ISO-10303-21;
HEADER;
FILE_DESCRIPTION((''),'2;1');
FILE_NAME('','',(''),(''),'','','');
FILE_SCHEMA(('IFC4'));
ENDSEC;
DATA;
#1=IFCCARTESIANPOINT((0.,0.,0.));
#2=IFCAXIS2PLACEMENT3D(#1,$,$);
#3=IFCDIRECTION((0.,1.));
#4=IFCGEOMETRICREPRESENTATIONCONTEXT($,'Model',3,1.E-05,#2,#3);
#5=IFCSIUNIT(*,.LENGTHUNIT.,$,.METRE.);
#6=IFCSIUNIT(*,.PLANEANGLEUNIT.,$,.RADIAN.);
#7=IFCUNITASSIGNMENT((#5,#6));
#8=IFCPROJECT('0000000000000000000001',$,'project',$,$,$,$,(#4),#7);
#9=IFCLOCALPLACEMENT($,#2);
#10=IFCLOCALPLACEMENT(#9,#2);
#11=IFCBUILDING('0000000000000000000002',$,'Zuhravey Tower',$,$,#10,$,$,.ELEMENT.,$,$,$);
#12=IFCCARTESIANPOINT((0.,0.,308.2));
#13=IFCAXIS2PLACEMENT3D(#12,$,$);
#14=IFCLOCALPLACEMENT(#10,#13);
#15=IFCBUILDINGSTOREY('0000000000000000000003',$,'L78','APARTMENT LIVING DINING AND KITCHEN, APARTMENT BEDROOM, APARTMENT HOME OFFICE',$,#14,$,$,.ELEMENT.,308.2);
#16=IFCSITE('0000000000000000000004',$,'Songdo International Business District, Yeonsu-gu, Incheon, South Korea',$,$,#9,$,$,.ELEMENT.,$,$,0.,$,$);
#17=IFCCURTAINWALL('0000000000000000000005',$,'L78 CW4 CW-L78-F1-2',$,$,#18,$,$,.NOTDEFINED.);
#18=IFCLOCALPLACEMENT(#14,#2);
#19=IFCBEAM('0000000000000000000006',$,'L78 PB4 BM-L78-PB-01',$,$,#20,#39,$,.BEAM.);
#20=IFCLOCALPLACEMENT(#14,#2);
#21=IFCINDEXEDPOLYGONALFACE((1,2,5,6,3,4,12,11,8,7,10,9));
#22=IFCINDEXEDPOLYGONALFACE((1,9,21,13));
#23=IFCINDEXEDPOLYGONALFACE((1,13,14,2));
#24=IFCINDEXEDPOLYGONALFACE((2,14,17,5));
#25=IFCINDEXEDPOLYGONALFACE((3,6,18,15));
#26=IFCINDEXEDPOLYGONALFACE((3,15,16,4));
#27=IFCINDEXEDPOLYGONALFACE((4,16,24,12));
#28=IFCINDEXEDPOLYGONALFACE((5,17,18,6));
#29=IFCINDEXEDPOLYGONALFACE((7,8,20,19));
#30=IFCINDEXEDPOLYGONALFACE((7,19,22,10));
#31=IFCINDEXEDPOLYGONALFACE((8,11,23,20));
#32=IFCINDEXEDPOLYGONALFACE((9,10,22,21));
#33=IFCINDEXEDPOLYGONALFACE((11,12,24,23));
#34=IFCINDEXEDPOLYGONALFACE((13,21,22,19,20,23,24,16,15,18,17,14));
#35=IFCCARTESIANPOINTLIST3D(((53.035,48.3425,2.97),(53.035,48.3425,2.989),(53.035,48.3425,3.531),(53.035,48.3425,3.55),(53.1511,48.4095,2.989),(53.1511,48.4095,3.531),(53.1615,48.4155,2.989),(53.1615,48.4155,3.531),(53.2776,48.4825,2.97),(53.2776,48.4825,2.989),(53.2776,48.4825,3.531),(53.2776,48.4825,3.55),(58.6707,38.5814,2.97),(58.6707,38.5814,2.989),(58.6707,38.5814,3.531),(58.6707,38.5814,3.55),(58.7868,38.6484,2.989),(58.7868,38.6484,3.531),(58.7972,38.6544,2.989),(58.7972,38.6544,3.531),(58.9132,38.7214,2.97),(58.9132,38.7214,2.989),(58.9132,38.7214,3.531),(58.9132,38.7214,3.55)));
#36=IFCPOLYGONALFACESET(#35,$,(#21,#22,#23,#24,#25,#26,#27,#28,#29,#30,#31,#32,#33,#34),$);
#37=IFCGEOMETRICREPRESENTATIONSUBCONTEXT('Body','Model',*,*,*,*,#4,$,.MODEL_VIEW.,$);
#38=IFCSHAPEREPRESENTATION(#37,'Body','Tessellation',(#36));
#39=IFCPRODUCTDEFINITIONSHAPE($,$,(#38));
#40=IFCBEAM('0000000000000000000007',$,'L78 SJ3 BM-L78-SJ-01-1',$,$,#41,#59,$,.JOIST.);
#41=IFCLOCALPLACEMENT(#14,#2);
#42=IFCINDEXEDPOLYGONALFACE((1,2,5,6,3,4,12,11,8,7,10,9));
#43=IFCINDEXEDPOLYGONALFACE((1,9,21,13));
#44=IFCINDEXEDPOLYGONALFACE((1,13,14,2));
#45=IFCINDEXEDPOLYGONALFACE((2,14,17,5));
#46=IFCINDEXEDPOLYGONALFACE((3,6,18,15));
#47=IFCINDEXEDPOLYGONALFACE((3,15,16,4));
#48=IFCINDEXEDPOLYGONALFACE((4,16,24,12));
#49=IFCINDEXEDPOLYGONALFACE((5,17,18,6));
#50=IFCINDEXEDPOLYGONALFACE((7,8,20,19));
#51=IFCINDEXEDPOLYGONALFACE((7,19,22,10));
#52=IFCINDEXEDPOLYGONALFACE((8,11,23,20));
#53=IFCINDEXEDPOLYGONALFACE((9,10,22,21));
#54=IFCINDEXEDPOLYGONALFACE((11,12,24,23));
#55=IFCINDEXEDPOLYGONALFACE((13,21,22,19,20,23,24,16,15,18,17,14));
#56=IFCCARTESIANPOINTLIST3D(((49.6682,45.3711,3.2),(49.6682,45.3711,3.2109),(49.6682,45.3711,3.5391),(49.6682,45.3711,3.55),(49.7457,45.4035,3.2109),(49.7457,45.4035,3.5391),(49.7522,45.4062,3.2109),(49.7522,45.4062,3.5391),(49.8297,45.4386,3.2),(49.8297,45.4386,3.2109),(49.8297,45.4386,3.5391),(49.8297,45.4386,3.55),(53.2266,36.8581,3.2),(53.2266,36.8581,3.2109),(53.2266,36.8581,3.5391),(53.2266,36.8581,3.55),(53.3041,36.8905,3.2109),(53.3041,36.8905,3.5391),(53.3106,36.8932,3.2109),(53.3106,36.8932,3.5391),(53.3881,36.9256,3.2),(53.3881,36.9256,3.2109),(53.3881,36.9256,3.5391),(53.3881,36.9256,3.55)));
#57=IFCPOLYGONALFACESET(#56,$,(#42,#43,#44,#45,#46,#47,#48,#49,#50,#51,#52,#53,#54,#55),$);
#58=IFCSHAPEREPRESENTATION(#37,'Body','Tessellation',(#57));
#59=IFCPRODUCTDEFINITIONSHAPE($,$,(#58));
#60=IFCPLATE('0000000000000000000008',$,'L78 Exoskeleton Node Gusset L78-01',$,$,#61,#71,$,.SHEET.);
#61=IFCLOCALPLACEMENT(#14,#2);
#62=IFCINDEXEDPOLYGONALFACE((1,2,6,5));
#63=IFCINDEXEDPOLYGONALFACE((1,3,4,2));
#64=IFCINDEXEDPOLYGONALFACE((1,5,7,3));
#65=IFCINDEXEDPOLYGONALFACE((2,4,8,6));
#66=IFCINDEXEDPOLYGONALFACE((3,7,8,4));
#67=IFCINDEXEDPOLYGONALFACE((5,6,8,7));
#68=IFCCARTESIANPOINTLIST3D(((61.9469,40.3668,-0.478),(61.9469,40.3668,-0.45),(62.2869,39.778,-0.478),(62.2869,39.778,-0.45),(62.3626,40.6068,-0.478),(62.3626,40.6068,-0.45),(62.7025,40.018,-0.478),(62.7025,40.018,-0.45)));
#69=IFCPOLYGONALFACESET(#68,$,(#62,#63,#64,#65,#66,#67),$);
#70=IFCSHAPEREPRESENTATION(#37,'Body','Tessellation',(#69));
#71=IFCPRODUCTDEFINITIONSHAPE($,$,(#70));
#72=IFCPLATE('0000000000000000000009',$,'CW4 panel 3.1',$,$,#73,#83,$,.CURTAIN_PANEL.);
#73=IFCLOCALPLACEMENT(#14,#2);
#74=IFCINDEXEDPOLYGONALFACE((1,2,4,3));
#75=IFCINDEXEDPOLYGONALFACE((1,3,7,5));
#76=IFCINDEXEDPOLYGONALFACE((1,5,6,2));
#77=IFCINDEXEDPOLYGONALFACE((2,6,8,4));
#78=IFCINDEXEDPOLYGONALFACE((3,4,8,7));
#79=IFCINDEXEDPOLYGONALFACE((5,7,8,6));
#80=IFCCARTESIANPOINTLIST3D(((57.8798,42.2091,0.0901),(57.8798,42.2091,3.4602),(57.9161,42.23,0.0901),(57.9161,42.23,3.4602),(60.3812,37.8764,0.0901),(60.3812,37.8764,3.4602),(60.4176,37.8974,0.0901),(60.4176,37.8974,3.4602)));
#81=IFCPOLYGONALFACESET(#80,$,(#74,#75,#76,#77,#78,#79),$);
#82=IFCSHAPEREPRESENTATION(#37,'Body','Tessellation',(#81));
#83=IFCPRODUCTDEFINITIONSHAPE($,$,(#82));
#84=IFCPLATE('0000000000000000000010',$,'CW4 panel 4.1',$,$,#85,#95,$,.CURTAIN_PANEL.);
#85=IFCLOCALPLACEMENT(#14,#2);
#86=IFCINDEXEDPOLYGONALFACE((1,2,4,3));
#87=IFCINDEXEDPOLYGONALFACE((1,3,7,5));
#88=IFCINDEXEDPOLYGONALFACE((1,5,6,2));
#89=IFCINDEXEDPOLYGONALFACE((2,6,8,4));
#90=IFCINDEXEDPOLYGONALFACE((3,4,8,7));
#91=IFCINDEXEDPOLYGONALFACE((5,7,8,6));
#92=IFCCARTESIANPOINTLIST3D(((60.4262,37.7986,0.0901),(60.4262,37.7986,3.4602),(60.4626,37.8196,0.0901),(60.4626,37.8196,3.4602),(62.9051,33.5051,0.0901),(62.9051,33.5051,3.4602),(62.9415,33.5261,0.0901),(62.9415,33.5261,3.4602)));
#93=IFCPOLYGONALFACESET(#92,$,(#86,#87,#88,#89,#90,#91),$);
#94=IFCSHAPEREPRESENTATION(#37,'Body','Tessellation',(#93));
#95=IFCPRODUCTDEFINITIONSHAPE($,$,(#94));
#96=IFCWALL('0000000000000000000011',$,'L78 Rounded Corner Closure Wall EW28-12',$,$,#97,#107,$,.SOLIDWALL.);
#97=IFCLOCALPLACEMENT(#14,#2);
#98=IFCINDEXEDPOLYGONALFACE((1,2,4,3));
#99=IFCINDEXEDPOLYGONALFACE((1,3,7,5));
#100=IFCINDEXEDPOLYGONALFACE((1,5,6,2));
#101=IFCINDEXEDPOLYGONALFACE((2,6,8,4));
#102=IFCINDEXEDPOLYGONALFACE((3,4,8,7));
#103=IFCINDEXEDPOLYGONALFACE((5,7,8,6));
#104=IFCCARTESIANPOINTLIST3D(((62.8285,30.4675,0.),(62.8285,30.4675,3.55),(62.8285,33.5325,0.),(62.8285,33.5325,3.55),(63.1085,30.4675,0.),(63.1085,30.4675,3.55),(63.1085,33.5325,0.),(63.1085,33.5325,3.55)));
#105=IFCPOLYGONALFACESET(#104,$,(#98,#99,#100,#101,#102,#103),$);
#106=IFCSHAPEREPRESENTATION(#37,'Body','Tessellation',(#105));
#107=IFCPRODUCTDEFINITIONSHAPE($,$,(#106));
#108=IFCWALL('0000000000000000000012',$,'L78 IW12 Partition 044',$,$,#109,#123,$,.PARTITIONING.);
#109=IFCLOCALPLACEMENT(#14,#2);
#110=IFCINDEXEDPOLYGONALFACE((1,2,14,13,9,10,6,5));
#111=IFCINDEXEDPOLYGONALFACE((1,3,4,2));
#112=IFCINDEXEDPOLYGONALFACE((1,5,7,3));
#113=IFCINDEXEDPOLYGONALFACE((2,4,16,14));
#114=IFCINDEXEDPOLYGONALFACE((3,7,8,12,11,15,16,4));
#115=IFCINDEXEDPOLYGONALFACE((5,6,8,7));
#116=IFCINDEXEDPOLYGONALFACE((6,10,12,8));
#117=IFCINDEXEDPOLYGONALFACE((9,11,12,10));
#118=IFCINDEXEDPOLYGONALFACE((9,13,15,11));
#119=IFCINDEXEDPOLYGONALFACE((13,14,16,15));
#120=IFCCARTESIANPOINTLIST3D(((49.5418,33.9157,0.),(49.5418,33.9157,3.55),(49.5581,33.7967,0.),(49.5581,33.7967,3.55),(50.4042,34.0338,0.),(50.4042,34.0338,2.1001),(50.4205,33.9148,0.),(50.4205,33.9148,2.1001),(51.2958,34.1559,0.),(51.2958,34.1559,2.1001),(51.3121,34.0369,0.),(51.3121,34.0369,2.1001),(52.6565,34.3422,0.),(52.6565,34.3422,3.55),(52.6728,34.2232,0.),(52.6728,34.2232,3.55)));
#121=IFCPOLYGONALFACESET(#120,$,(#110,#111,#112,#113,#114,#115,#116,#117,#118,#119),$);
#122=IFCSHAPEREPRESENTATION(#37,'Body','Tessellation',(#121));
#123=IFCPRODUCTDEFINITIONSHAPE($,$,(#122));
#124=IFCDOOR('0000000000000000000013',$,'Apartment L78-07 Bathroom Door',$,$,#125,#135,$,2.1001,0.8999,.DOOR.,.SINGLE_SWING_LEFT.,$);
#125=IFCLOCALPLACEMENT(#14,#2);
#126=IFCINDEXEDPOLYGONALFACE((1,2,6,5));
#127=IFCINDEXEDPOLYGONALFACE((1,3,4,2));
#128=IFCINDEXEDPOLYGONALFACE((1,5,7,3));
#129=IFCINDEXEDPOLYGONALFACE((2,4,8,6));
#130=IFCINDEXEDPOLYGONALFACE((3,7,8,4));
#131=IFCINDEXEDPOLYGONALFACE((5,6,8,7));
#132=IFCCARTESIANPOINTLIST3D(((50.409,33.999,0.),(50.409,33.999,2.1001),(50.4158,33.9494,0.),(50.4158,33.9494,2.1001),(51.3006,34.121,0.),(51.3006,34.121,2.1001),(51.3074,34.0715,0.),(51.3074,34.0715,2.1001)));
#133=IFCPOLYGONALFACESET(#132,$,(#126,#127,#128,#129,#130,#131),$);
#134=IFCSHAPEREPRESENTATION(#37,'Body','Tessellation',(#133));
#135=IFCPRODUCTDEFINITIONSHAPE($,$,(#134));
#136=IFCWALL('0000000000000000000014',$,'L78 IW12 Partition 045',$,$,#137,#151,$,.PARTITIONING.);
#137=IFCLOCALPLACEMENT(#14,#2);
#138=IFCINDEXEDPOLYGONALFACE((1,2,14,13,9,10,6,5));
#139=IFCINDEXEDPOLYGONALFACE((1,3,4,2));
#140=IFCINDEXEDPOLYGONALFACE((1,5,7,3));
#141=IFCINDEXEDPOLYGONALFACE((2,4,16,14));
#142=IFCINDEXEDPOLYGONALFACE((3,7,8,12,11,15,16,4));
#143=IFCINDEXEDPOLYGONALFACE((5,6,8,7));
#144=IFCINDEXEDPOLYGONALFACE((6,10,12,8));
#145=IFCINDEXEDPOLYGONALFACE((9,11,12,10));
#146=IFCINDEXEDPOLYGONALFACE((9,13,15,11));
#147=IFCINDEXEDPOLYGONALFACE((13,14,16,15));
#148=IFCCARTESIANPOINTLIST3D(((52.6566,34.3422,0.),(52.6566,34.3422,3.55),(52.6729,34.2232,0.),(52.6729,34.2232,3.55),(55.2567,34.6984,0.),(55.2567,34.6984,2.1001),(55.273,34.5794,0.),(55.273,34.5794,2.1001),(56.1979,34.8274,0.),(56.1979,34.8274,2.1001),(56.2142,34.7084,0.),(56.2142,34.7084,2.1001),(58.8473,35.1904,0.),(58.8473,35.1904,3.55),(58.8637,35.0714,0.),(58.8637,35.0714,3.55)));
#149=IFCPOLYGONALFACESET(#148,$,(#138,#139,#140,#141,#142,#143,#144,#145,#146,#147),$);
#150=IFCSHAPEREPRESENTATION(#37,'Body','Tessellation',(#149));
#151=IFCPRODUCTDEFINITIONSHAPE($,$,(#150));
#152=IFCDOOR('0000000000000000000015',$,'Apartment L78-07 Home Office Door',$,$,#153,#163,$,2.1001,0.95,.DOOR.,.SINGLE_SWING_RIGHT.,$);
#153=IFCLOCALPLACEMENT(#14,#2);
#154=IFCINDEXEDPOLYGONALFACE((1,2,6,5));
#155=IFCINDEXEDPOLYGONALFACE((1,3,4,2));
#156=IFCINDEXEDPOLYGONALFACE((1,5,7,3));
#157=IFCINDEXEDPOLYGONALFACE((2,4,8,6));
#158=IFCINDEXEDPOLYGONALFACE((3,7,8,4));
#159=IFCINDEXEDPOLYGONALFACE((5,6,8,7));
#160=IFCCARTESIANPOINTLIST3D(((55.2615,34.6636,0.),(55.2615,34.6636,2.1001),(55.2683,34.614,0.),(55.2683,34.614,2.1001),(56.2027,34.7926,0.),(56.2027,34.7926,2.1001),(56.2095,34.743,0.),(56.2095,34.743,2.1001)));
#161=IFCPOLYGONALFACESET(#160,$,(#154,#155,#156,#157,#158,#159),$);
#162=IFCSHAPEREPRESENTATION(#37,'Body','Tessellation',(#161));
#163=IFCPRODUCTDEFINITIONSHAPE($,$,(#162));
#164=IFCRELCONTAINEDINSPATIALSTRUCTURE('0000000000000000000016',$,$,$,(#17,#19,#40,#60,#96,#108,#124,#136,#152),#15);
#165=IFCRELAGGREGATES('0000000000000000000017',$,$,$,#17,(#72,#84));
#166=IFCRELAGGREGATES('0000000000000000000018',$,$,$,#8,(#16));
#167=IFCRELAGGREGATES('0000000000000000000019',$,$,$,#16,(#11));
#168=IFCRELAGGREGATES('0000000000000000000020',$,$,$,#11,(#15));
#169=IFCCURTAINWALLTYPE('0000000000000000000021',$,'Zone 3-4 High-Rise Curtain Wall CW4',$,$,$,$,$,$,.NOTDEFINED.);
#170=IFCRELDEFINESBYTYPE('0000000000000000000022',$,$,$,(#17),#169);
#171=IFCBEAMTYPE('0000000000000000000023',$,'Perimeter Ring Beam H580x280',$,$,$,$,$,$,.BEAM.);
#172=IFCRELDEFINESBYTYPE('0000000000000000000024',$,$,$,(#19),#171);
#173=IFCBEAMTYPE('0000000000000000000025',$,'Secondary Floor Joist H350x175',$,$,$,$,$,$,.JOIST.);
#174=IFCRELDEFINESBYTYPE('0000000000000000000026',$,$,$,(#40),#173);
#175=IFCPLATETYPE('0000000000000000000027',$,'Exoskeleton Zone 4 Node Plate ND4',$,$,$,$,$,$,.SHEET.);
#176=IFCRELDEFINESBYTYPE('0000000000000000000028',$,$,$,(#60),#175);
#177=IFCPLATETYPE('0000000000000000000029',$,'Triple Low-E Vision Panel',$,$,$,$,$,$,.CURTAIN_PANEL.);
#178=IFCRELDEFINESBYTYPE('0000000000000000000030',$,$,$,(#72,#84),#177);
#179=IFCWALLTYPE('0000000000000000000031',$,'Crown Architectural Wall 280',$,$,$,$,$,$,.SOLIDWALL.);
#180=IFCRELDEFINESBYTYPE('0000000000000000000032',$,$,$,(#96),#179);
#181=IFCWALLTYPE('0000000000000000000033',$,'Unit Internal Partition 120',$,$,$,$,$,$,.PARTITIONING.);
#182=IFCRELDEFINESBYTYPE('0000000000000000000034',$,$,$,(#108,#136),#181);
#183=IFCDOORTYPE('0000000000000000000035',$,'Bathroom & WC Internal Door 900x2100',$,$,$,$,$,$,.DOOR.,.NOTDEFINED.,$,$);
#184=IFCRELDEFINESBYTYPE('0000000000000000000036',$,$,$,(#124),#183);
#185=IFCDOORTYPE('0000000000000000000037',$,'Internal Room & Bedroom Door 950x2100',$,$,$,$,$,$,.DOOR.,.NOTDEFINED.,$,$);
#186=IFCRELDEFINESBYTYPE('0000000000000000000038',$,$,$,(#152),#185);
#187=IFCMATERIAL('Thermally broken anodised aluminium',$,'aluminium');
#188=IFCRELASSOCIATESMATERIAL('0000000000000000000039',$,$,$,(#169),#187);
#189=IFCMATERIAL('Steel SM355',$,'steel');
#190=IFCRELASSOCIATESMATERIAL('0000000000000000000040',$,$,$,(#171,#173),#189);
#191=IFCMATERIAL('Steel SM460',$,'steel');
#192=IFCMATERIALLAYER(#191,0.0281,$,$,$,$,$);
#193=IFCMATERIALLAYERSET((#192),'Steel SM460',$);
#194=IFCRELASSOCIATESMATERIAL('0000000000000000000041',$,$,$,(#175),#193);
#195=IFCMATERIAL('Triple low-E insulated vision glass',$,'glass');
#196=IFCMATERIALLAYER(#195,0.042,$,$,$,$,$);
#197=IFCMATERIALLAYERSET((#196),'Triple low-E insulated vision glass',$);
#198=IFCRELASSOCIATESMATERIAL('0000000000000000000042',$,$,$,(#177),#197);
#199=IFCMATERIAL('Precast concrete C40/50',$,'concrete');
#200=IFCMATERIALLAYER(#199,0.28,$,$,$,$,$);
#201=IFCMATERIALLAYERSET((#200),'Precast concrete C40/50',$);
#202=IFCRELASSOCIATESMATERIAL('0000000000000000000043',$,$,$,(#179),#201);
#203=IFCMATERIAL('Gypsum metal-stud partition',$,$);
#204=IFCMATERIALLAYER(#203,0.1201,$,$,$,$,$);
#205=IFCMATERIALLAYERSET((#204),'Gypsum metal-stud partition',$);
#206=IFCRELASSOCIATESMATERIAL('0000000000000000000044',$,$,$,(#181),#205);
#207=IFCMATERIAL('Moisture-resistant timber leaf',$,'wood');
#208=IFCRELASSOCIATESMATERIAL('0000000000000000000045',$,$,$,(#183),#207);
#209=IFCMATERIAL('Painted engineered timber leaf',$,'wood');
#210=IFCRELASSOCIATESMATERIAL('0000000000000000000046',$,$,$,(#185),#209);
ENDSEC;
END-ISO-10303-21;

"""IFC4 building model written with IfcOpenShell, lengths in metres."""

from ifc_helpers import new_model, si_unit, direction, frame, frame_2d, origin, origin_2d, place, context, subcontext, project, spatial, rectangle, i_section, extrude, material, layer, layer_set, material_profile, profile_set, type_object, element, fill, aggregate, save


model = new_model("IFC4")

# Units and contexts
model_context = context("Model", 3, precision=1e-05, world=origin(), true_north=direction((0.0, 1.0)))
body_context = subcontext(model_context, "Body", "Model", "MODEL_VIEW")
ifc_project = project(units=[si_unit("LENGTHUNIT", "METRE"), si_unit("PLANEANGLEUNIT", "RADIAN")], contexts=[model_context])

# Site, building, storey
site_placement = place(None, origin())
site = spatial("IfcSite", under=ifc_project, at=site_placement, Name="Songdo International Business District, Yeonsu-gu, Incheon, South Korea", CompositionType="ELEMENT", RefElevation=0.0)
building_placement = place(site_placement, origin())
building = spatial("IfcBuilding", under=site, at=building_placement, Name="Zuhravey Tower", CompositionType="ELEMENT")
storey_placement = place(building_placement, frame((0.0, 0.0, 308.2)))
storey = spatial("IfcBuildingStorey", under=building, at=storey_placement, Name="L78", Description="APARTMENT LIVING DINING AND KITCHEN, APARTMENT BEDROOM, APARTMENT HOME OFFICE", CompositionType="ELEMENT", Elevation=308.2)

# Curtain wall
ifc_material_1 = material(Name="Thermally broken anodised aluminium", Category="aluminium")
curtain_wall_type = type_object("IfcCurtainWallType", Name="Zone 3-4 High-Rise Curtain Wall CW4", PredefinedType="NOTDEFINED", material=ifc_material_1)
curtain_wall_placement = place(storey_placement, origin())
curtain_wall = element("IfcCurtainWall", 1, at=curtain_wall_placement, inside=storey, type_object=curtain_wall_type, Name="L78 CW4 CW-L78-F1-2", PredefinedType="NOTDEFINED")

# Shared definitions
ifc_material_2 = material(Name="Steel SM355", Category="steel")

# Beams
ifc_material_profile_1 = material_profile(ifc_material_2, i_section(OverallWidth=0.28, OverallDepth=0.5801, WebThickness=0.012, FlangeThickness=0.019, at=origin_2d()), Name="H-580x280x12x19")
ifc_profile_set_1 = profile_set([ifc_material_profile_1], Name="Steel SM355")
beam_type_1 = type_object("IfcBeamType", Name="Perimeter Ring Beam H580x280", PredefinedType="BEAM", material=ifc_profile_set_1)
beam_1_placement = place(storey_placement, frame((58.792, 38.6514, 3.26), z_axis=(-0.500006, 0.866022, 0.0), x_axis=(-0.866022, -0.500006, 0.0)))
element("IfcBeam", 2, at=beam_1_placement, inside=storey, type_object=beam_type_1, Name="L78 PB4 BM-L78-PB-01", PredefinedType="BEAM", context=body_context, shape_type="SweptSolid", body=[
    extrude(i_section(OverallWidth=0.28, OverallDepth=0.5801, WebThickness=0.012, FlangeThickness=0.019, at=origin_2d()), origin(), (0.0, 0.0, 1.0), 11.2712),
])
ifc_material_profile_2 = material_profile(ifc_material_2, i_section(OverallWidth=0.175, OverallDepth=0.3501, WebThickness=0.0071, FlangeThickness=0.011, at=origin_2d()), Name="H-350x175x7x11")
ifc_profile_set_2 = profile_set([ifc_material_profile_2], Name="Steel SM355")
beam_type_2 = type_object("IfcBeamType", Name="Secondary Floor Joist H350x175", PredefinedType="JOIST", material=ifc_profile_set_2)
beam_2_placement = place(storey_placement, frame((53.3074, 36.8918, 3.375), z_axis=(-0.385658, 0.922642, 0.0), x_axis=(-0.922642, -0.385658, 0.0)))
element("IfcBeam", 3, at=beam_2_placement, inside=storey, type_object=beam_type_2, Name="L78 SJ3 BM-L78-SJ-01-1", PredefinedType="JOIST", context=body_context, shape_type="SweptSolid", body=[
    extrude(i_section(OverallWidth=0.175, OverallDepth=0.3501, WebThickness=0.0071, FlangeThickness=0.011, at=origin_2d()), origin(), (0.0, 0.0, 1.0), 9.2268),
])

# Plates
ifc_material_3 = material(Name="Steel SM460", Category="steel")
ifc_layer_1 = layer(ifc_material_3, 0.0281)
ifc_layer_set_1 = layer_set([ifc_layer_1], Name="Steel SM460")
plate_type_1 = type_object("IfcPlateType", Name="Exoskeleton Zone 4 Node Plate ND4", PredefinedType="SHEET", material=ifc_layer_set_1)
plate_1_placement = place(storey_placement, frame((62.3247, 40.1924, -0.478), z_axis=(0.0, 0.0, 1.0), x_axis=(-0.5, 0.866025, 0.0)))
element("IfcPlate", 4, at=plate_1_placement, inside=storey, type_object=plate_type_1, Name="L78 Exoskeleton Node Gusset L78-01", PredefinedType="SHEET", context=body_context, shape_type="SweptSolid", body=[
    extrude(rectangle(XDim=0.6799, YDim=0.48, at=origin_2d()), origin(), (0.0, 0.0, 1.0), 0.0281),
])
ifc_material_4 = material(Name="Triple low-E insulated vision glass", Category="glass")
ifc_layer_2 = layer(ifc_material_4, 0.042)
ifc_layer_set_2 = layer_set([ifc_layer_2], Name="Triple low-E insulated vision glass")
plate_type_2 = type_object("IfcPlateType", Name="Triple Low-E Vision Panel", PredefinedType="CURTAIN_PANEL", material=ifc_layer_set_2)
plate_2_placement = place(storey_placement, frame((59.1487, 40.0532, 0.0901), z_axis=(0.0, 0.0, 1.0), x_axis=(0.500003, -0.866024, 0.0)))
plate_2 = element("IfcPlate", 5, at=plate_2_placement, type_object=plate_type_2, Name="CW4 panel 3.1", PredefinedType="CURTAIN_PANEL", context=body_context, shape_type="SweptSolid", body=[
    extrude(rectangle(XDim=5.0029, YDim=0.042, at=origin_2d()), origin(), (0.0, 0.0, 1.0), 3.3701),
])
plate_3_placement = place(storey_placement, frame((61.6838, 35.6624, 0.0901), z_axis=(0.0, 0.0, 1.0), x_axis=(0.500003, -0.866024, 0.0)))
plate_3 = element("IfcPlate", 6, at=plate_3_placement, type_object=plate_type_2, Name="CW4 panel 4.1", PredefinedType="CURTAIN_PANEL", context=body_context, shape_type="SweptSolid", body=[
    extrude(rectangle(XDim=4.9578, YDim=0.042, at=origin_2d()), origin(), (0.0, 0.0, 1.0), 3.3701),
])
aggregate(curtain_wall, [plate_2, plate_3])

# Wall
ifc_material_5 = material(Name="Precast concrete C40/50", Category="concrete")
ifc_layer_3 = layer(ifc_material_5, 0.28)
ifc_layer_set_3 = layer_set([ifc_layer_3], Name="Precast concrete C40/50")
wall_type_1 = type_object("IfcWallType", Name="Crown Architectural Wall 280", PredefinedType="SOLIDWALL", material=ifc_layer_set_3)
wall_1_placement = place(storey_placement, frame((62.9685, 33.5325, 0.0), z_axis=(0.0, 0.0, 1.0), x_axis=(0.0, -1.0, 0.0)))
element("IfcWall", 7, at=wall_1_placement, inside=storey, type_object=wall_type_1, Name="L78 Rounded Corner Closure Wall EW28-12", PredefinedType="SOLIDWALL", context=body_context, shape_type="SweptSolid", body=[
    extrude(rectangle(XDim=3.0649, YDim=0.28, at=frame_2d((1.5325, 0.0))), origin(), (0.0, 0.0, 1.0), 3.55),
])

# Walls, openings, doors
ifc_material_6 = material(Name="Gypsum metal-stud partition")
ifc_layer_4 = layer(ifc_material_6, 0.1201)
ifc_layer_set_4 = layer_set([ifc_layer_4], Name="Gypsum metal-stud partition")
wall_type_2 = type_object("IfcWallType", Name="Unit Internal Partition 120", PredefinedType="PARTITIONING", material=ifc_layer_set_4)
wall_2_placement = place(storey_placement, frame((49.55, 33.8562, 0.0), z_axis=(0.0, 0.0, 1.0), x_axis=(0.990754, 0.135668, 0.0)))
wall_2 = element("IfcWall", 8, at=wall_2_placement, inside=storey, type_object=wall_type_2, Name="L78 IW12 Partition 044", PredefinedType="PARTITIONING", context=body_context, shape_type="SweptSolid", body=[
    extrude(rectangle(XDim=3.1438, YDim=0.1201, at=frame_2d((1.5718, 0.0))), origin(), (0.0, 0.0, 1.0), 3.55),
])
opening_1_placement = place(wall_2_placement, frame((0.8704, 0.0, 0.0)))
opening_1 = element("IfcOpeningElement", 9, at=opening_1_placement, cuts=wall_2, PredefinedType="OPENING", context=body_context, shape_type="SweptSolid", body=[
    extrude(rectangle(XDim=0.8999, YDim=2.1001, at=frame_2d((0.45, 1.05))), frame((0.0, 0.072, 0.0), z_axis=(0.0, -1.0, 0.0), x_axis=(1.0, 0.0, 0.0)), (0.0, 0.0, 1.0), 0.144),
])
ifc_material_7 = material(Name="Moisture-resistant timber leaf", Category="wood")
door_type_1 = type_object("IfcDoorType", Name="Bathroom & WC Internal Door 900x2100", OperationType="NOTDEFINED", PredefinedType="DOOR", material=ifc_material_7)
door_1_placement = place(opening_1_placement, origin())
door_1 = element("IfcDoor", 10, at=door_1_placement, inside=storey, type_object=door_type_1, Name="Apartment L78-07 Bathroom Door", OperationType="SINGLE_SWING_LEFT", OverallHeight=2.1001, OverallWidth=0.8999, PredefinedType="DOOR", context=body_context, shape_type="SweptSolid", body=[
    extrude(rectangle(XDim=0.8999, YDim=2.1001, at=frame_2d((0.45, 1.05))), frame((0.0, 0.0249, 0.0), z_axis=(0.0, -1.0, 0.0), x_axis=(1.0, 0.0, 0.0)), (0.0, 0.0, 1.0), 0.05),
])
fill(opening_1, door_1)
wall_3_placement = place(storey_placement, frame((52.6648, 34.2827, 0.0), z_axis=(0.0, 0.0, 1.0), x_axis=(0.990745, 0.135736, 0.0)))
wall_3 = element("IfcWall", 11, at=wall_3_placement, inside=storey, type_object=wall_type_2, Name="L78 IW12 Partition 045", PredefinedType="PARTITIONING", context=body_context, shape_type="SweptSolid", body=[
    extrude(rectangle(XDim=6.2485, YDim=0.1201, at=frame_2d((3.1243, 0.0))), origin(), (0.0, 0.0, 1.0), 3.55),
])
opening_2_placement = place(wall_3_placement, frame((2.6243, 0.0, 0.0)))
opening_2 = element("IfcOpeningElement", 12, at=opening_2_placement, cuts=wall_3, PredefinedType="OPENING", context=body_context, shape_type="SweptSolid", body=[
    extrude(rectangle(XDim=0.95, YDim=2.1001, at=frame_2d((0.4751, 1.05))), frame((0.0, 0.072, 0.0), z_axis=(0.0, -1.0, 0.0), x_axis=(1.0, 0.0, 0.0)), (0.0, 0.0, 1.0), 0.144),
])
ifc_material_8 = material(Name="Painted engineered timber leaf", Category="wood")
door_type_2 = type_object("IfcDoorType", Name="Internal Room & Bedroom Door 950x2100", OperationType="NOTDEFINED", PredefinedType="DOOR", material=ifc_material_8)
door_2_placement = place(opening_2_placement, origin())
door_2 = element("IfcDoor", 13, at=door_2_placement, inside=storey, type_object=door_type_2, Name="Apartment L78-07 Home Office Door", OperationType="SINGLE_SWING_RIGHT", OverallHeight=2.1001, OverallWidth=0.95, PredefinedType="DOOR", context=body_context, shape_type="SweptSolid", body=[
    extrude(rectangle(XDim=0.95, YDim=2.1001, at=frame_2d((0.4751, 1.05))), frame((0.0, 0.0249, 0.0), z_axis=(0.0, -1.0, 0.0), x_axis=(1.0, 0.0, 0.0)), (0.0, 0.0, 1.0), 0.05),
])
fill(opening_2, door_2)

save(model, "model.ifc")
